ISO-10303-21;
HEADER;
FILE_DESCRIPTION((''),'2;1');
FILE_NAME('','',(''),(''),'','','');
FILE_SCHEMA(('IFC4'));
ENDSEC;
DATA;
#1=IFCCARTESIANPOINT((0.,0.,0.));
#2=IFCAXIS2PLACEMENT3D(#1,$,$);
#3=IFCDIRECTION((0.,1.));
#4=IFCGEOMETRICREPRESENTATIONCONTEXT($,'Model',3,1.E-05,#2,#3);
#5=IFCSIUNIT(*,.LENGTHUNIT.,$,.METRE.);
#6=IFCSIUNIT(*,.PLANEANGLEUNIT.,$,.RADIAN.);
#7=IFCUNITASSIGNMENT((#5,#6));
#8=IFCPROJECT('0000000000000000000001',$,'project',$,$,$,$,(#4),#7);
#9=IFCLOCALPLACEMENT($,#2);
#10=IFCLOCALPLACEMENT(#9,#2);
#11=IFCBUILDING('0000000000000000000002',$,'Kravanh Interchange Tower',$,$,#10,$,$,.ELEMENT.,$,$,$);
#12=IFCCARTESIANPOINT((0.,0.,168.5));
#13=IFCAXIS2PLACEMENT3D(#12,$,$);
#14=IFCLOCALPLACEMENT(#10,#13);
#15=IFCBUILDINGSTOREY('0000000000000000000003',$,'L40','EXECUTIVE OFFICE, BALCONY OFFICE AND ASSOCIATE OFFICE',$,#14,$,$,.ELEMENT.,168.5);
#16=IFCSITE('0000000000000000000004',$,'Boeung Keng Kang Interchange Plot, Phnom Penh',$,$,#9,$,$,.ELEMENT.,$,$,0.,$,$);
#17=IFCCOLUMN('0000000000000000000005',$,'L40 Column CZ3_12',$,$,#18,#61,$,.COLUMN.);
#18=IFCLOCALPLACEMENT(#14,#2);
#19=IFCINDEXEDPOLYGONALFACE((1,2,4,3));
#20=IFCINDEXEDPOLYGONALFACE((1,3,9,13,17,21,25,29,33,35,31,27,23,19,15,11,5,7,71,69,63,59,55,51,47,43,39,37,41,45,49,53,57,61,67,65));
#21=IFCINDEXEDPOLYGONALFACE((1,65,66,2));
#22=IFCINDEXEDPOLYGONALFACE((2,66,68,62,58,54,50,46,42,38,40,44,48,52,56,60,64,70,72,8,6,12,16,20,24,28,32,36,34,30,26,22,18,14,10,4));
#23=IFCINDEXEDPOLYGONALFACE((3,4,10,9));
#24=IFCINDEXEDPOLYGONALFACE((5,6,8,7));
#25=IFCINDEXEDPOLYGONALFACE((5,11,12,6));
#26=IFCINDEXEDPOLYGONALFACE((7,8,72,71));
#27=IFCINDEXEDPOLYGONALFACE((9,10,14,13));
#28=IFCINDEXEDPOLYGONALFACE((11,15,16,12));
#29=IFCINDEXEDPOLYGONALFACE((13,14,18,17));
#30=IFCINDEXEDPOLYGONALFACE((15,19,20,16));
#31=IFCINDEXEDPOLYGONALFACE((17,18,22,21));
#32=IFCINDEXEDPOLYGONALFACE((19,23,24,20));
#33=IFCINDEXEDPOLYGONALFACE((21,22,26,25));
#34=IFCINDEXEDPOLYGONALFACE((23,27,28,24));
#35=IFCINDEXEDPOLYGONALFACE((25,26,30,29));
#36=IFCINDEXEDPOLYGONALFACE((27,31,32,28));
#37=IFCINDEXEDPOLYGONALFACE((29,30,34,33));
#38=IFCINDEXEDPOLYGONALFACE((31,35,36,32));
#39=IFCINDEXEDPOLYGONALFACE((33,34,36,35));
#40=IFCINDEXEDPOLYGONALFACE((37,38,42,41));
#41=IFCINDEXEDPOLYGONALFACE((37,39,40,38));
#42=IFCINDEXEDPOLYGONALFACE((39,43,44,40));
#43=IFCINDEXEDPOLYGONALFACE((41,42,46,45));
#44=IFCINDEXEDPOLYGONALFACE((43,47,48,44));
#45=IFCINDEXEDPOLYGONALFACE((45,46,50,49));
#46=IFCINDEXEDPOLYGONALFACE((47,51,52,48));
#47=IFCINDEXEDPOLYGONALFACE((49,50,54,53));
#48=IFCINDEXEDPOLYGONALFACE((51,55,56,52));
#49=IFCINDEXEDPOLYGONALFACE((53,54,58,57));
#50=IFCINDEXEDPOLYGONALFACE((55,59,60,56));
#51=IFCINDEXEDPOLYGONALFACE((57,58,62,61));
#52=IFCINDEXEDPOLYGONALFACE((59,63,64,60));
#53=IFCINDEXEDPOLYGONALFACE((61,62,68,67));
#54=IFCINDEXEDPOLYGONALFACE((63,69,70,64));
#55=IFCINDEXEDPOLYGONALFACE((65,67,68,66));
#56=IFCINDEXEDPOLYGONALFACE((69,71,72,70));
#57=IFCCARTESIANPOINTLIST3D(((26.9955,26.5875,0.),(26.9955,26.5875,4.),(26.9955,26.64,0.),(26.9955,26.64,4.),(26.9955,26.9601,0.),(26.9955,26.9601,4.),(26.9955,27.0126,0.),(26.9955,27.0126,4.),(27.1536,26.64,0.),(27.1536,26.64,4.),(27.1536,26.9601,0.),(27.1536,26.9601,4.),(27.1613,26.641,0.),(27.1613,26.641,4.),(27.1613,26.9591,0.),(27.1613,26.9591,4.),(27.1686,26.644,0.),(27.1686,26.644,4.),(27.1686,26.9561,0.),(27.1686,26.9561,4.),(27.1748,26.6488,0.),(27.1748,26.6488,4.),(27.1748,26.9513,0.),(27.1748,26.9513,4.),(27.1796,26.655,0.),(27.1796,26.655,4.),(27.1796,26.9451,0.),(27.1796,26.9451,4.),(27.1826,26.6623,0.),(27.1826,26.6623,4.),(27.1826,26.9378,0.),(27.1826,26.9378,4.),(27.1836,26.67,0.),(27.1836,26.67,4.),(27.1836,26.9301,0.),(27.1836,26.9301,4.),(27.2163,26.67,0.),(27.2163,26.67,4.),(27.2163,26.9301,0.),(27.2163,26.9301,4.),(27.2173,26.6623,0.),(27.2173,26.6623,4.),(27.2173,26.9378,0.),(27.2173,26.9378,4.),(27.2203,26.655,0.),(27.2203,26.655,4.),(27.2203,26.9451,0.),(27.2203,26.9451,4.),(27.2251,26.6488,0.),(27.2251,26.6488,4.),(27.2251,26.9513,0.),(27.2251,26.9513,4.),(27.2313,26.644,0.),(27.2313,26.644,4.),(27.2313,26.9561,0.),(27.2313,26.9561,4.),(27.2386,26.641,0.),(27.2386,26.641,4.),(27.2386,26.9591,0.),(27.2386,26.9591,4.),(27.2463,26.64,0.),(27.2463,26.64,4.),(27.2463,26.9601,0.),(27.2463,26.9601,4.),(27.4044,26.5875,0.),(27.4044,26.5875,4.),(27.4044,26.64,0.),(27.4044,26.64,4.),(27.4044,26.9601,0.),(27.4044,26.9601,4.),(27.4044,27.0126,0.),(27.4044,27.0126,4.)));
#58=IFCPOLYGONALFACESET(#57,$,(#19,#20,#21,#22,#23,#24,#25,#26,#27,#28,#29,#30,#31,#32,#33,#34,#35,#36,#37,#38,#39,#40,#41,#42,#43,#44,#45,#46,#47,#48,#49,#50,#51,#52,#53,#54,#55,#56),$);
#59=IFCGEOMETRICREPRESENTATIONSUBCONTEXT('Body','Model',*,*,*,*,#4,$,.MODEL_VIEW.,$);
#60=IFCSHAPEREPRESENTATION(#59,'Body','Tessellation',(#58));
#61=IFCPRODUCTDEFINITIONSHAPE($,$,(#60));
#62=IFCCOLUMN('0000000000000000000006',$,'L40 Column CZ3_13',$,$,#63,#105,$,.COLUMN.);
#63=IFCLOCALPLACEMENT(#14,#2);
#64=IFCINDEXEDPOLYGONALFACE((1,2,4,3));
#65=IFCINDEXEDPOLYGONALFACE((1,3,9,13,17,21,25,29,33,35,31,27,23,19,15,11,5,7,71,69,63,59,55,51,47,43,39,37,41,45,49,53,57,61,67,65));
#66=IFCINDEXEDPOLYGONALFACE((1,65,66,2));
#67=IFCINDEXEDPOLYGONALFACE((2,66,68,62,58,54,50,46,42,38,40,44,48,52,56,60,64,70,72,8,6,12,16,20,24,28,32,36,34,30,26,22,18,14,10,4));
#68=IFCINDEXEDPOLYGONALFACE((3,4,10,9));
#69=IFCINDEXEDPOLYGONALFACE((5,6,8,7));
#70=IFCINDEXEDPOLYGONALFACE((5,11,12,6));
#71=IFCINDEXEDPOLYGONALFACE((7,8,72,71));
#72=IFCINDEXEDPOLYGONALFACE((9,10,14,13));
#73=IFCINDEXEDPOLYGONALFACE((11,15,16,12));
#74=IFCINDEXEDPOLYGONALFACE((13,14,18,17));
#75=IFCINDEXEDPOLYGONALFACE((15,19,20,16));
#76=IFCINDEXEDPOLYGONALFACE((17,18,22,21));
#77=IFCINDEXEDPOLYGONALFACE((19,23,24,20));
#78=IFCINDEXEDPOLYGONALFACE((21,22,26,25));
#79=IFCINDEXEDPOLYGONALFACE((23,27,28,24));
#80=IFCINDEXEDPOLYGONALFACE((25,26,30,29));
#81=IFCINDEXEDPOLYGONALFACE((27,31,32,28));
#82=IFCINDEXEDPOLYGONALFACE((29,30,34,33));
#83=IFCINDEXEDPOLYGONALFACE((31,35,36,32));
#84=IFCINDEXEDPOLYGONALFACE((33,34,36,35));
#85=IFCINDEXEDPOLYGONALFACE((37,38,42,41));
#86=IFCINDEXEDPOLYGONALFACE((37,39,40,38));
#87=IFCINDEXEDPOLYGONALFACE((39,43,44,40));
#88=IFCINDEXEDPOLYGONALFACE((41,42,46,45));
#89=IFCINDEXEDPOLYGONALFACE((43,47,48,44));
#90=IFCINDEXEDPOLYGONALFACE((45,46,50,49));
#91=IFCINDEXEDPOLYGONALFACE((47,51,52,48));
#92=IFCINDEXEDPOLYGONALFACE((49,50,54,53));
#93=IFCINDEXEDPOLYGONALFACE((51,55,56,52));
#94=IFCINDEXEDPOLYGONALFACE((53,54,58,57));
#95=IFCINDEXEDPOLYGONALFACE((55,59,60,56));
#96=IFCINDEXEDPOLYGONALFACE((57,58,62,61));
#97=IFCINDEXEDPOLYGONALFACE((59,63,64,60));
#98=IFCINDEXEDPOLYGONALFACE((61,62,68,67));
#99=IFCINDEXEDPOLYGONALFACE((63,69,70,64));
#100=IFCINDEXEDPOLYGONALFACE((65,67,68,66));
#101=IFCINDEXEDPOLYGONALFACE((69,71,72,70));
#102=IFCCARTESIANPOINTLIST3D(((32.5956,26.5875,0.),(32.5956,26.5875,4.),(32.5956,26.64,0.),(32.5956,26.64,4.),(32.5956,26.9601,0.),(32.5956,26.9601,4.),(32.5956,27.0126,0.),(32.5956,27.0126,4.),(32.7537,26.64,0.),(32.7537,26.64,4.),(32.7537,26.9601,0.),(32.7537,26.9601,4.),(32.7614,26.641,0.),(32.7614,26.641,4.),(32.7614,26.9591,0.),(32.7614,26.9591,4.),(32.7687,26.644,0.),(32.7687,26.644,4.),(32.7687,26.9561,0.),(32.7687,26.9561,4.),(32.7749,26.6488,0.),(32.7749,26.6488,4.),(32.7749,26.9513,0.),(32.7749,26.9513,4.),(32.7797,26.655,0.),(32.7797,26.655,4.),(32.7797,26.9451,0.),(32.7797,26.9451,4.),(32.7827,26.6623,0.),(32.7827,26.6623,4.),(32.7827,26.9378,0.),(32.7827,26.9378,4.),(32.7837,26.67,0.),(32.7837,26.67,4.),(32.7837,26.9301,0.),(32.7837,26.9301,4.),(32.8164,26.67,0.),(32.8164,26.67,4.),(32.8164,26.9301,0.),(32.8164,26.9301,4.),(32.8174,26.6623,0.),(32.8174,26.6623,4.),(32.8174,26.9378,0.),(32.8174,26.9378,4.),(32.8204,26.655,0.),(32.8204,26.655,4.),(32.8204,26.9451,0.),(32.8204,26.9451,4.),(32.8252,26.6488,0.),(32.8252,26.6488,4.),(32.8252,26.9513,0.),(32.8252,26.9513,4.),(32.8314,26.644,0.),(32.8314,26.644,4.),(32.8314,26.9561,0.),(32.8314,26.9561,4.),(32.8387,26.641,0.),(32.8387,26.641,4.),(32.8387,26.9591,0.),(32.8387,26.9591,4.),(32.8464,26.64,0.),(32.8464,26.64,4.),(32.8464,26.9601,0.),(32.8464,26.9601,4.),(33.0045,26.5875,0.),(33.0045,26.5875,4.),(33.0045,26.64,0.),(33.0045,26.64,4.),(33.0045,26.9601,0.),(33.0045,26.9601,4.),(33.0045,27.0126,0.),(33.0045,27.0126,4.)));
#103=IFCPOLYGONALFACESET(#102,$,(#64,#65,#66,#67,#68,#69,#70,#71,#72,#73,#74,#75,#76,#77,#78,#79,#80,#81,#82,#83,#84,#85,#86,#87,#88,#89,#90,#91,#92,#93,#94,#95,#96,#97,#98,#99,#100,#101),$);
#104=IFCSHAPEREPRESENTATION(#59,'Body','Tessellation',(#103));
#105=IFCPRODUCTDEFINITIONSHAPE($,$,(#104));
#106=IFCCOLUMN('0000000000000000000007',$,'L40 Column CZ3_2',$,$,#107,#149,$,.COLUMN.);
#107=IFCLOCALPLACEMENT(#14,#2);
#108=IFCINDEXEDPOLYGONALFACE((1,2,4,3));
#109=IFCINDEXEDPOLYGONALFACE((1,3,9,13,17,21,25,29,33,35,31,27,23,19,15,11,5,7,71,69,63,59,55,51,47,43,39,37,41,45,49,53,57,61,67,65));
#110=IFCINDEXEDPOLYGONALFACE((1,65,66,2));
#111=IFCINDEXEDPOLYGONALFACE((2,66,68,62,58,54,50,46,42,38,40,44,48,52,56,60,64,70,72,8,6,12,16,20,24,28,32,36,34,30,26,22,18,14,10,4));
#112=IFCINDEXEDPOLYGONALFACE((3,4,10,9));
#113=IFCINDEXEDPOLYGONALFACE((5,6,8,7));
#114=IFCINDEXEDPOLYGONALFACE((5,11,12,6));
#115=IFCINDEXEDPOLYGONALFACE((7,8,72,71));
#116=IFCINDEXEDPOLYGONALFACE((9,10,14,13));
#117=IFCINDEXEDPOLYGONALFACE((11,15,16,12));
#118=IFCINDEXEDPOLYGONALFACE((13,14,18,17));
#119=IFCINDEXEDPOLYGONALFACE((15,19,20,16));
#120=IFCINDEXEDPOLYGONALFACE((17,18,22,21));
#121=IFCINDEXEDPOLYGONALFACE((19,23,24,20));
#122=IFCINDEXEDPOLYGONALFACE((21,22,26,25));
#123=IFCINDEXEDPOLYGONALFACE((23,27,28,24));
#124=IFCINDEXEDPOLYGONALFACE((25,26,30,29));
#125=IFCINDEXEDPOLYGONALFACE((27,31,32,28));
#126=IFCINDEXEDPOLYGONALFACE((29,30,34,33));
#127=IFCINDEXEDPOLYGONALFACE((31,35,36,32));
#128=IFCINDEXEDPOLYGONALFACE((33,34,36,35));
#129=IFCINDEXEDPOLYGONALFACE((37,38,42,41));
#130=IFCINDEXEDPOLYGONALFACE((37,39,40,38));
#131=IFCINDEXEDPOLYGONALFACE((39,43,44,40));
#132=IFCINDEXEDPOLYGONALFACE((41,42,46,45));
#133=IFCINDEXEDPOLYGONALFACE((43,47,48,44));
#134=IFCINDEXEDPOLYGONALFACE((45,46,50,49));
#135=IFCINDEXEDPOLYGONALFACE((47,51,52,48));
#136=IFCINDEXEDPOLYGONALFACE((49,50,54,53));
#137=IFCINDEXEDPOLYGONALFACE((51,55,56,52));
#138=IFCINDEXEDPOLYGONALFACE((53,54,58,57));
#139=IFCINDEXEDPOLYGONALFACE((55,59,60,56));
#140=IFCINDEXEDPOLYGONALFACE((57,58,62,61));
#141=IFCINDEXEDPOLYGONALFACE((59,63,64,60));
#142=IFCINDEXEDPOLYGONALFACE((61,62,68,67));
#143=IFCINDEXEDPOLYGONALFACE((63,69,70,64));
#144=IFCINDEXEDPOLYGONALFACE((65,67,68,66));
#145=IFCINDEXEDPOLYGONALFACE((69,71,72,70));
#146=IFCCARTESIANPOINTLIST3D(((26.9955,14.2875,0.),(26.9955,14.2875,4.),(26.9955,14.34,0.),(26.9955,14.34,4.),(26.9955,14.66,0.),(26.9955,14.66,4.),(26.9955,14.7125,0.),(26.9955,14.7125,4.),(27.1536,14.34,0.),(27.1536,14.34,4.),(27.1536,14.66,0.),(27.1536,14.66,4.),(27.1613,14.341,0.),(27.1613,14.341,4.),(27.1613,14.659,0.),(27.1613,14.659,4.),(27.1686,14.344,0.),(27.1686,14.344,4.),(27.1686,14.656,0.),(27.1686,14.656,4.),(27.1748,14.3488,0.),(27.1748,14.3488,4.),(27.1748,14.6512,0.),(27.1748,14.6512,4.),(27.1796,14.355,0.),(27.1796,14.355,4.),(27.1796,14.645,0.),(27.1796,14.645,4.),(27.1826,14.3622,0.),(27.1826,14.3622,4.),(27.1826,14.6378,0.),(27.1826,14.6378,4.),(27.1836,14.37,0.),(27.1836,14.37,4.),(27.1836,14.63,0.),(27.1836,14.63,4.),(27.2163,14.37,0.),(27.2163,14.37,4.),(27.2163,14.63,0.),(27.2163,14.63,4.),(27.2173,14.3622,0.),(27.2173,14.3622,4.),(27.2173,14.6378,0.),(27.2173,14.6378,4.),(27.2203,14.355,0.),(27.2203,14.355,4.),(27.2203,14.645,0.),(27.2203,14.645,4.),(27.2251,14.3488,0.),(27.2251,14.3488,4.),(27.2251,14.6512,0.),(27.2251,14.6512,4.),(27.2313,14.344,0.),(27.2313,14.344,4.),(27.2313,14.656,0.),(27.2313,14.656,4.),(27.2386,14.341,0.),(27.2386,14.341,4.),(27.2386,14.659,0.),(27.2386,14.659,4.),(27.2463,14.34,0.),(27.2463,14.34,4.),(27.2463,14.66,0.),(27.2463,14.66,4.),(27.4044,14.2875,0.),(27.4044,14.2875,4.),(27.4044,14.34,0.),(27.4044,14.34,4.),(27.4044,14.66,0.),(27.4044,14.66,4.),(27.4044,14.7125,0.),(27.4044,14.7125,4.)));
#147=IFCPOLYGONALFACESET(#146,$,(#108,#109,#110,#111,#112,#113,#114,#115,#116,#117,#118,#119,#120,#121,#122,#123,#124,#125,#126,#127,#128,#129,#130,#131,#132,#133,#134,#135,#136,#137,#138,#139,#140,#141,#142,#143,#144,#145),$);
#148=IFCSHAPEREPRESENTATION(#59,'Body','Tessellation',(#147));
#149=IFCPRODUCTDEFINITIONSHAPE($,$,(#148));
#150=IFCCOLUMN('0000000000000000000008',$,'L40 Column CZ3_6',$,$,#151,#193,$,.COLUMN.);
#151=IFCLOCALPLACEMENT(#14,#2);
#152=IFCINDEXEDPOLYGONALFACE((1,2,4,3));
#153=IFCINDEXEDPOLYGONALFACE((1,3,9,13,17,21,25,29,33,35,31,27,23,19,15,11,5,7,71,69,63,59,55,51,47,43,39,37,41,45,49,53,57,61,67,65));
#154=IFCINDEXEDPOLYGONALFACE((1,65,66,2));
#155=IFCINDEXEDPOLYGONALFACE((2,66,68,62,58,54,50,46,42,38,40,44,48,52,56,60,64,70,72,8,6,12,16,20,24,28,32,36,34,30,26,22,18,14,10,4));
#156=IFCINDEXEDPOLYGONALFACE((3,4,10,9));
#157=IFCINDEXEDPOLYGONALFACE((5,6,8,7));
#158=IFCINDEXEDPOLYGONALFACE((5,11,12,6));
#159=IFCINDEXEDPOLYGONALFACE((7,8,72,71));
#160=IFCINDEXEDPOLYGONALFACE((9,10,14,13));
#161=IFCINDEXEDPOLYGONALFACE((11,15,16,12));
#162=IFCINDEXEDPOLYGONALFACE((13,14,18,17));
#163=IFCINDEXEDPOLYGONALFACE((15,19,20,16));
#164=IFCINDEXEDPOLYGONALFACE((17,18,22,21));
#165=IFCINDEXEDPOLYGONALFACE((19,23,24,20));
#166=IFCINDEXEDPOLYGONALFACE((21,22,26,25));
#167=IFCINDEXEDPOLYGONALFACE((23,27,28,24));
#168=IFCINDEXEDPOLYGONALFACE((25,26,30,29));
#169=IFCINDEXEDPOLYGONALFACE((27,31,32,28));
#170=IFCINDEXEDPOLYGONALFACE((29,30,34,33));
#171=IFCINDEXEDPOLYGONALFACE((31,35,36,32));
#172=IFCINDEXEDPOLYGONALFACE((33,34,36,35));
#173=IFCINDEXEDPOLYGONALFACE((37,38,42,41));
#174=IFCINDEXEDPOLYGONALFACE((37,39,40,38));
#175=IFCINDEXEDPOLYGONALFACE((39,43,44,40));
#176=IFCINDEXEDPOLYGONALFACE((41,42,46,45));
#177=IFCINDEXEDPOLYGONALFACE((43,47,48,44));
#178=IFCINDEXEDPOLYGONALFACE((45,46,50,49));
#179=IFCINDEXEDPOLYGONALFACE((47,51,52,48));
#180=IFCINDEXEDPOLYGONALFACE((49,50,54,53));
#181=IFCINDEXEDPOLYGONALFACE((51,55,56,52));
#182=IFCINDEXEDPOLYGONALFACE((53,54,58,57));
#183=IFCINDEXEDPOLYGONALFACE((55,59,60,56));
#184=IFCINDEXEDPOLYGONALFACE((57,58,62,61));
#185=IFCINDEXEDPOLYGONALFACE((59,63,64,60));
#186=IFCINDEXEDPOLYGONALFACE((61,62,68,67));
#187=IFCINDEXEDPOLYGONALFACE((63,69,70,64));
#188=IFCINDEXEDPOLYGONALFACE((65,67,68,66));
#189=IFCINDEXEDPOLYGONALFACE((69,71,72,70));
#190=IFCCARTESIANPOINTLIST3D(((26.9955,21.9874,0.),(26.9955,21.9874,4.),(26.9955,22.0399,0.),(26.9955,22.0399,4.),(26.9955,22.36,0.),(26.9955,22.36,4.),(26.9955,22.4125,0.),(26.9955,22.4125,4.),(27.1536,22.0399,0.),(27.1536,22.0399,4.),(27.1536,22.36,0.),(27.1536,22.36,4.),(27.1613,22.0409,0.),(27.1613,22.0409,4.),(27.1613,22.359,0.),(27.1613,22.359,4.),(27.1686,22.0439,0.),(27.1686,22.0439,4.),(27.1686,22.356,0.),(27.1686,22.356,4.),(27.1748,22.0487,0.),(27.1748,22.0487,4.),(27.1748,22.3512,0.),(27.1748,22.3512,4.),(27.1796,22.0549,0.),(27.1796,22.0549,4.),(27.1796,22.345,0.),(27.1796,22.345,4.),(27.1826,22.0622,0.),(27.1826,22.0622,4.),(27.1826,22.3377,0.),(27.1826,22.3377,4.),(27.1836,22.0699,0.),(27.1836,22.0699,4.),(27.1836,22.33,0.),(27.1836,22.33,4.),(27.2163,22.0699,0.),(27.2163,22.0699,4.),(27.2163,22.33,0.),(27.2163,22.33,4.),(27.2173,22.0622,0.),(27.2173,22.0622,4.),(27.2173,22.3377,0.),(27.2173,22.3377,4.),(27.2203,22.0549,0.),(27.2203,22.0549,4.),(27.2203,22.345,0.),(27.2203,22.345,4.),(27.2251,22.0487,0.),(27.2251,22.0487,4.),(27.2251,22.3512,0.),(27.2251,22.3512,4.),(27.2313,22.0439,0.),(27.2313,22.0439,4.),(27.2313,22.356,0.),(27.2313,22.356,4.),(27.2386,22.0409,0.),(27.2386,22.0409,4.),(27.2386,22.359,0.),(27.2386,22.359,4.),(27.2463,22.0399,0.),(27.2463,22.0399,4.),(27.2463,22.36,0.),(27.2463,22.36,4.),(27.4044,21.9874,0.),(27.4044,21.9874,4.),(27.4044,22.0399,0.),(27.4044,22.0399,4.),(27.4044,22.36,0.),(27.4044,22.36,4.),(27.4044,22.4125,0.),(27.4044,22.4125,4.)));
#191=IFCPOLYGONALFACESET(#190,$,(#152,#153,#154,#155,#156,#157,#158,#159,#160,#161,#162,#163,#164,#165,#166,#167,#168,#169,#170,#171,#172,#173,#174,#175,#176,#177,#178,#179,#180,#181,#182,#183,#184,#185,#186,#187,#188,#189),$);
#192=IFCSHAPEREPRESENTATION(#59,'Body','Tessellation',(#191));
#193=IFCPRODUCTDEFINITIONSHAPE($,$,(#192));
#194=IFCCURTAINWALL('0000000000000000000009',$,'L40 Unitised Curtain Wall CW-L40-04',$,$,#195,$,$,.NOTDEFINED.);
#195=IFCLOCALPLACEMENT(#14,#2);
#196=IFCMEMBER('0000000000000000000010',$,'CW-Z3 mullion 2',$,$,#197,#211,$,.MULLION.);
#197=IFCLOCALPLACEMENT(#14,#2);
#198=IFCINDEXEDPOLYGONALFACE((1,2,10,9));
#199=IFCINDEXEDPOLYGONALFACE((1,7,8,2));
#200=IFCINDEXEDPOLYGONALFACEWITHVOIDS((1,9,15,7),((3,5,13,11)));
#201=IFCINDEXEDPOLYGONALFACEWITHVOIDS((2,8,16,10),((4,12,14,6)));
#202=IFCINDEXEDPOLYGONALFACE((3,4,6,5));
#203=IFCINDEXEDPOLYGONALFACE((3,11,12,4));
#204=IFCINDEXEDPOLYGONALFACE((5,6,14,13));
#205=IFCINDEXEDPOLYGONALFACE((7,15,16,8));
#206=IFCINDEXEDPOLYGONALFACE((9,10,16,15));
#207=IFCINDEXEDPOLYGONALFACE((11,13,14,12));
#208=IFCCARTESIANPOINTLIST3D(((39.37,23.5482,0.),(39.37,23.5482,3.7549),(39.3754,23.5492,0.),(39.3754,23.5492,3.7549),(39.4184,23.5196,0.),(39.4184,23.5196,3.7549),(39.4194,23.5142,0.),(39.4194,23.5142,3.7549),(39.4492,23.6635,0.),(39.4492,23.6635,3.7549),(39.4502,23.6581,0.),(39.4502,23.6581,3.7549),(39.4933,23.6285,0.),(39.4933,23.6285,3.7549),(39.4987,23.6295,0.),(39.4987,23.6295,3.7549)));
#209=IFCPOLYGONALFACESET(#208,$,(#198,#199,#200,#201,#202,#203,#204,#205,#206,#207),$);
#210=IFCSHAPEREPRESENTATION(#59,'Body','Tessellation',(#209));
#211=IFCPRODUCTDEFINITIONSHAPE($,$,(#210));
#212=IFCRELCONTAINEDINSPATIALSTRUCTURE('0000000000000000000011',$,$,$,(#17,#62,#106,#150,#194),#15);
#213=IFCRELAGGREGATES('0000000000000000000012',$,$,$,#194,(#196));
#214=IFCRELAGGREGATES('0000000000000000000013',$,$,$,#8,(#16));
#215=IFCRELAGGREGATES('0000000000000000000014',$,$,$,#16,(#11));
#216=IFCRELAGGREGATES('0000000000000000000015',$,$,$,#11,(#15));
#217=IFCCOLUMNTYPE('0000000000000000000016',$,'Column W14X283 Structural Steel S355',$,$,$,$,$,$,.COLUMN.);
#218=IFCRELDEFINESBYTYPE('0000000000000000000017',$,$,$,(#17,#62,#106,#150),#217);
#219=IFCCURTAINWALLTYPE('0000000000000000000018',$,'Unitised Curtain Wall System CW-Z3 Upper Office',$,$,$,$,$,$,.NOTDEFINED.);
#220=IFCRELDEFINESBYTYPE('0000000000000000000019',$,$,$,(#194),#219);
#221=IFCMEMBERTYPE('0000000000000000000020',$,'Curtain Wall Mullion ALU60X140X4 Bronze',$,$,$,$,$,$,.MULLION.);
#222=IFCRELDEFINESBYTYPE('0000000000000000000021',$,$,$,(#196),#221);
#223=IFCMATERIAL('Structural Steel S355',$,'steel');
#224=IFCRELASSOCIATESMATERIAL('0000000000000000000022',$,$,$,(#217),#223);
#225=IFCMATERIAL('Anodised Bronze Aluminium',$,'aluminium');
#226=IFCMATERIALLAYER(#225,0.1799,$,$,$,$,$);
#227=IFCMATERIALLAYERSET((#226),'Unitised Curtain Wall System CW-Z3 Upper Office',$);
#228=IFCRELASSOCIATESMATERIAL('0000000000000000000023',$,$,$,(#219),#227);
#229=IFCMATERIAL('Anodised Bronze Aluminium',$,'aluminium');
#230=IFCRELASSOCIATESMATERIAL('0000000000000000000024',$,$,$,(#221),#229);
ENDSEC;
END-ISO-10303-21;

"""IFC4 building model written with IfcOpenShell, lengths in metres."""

from ifc_helpers import new_model, si_unit, direction, frame, origin, origin_2d, place, context, subcontext, project, spatial, hollow_rectangle, i_section, extrude, material, layer, layer_set, material_profile, profile_set, type_object, element, aggregate, save


model = new_model("IFC4")

# Units and contexts
model_context = context("Model", 3, precision=1e-05, world=origin(), true_north=direction((0.0, 1.0)))
body_context = subcontext(model_context, "Body", "Model", "MODEL_VIEW")
ifc_project = project(units=[si_unit("LENGTHUNIT", "METRE"), si_unit("PLANEANGLEUNIT", "RADIAN")], contexts=[model_context])

# Site, building, storey
site_placement = place(None, origin())
site = spatial("IfcSite", under=ifc_project, at=site_placement, Name="Boeung Keng Kang Interchange Plot, Phnom Penh", CompositionType="ELEMENT", RefElevation=0.0)
building_placement = place(site_placement, origin())
building = spatial("IfcBuilding", under=site, at=building_placement, Name="Kravanh Interchange Tower", CompositionType="ELEMENT")
storey_placement = place(building_placement, frame((0.0, 0.0, 168.5)))
storey = spatial("IfcBuildingStorey", under=building, at=storey_placement, Name="L40", Description="EXECUTIVE OFFICE, BALCONY OFFICE AND ASSOCIATE OFFICE", CompositionType="ELEMENT", Elevation=168.5)

# Columns
ifc_material_1 = material(Name="Structural Steel S355", Category="steel")
ifc_material_profile_1 = material_profile(ifc_material_1, i_section(OverallWidth=0.4089, OverallDepth=0.425, WebThickness=0.0327, FlangeThickness=0.0525, FilletRadius=0.03, at=origin_2d()), Name="W14X283")
ifc_profile_set_1 = profile_set([ifc_material_profile_1], Name="Structural Steel S355")
column_type = type_object("IfcColumnType", Name="Column W14X283 Structural Steel S355", PredefinedType="COLUMN", material=ifc_profile_set_1)
for number, where, z_axis, x_axis, name in (
    (1, (27.2, 26.8, 0.0), (0.0, 0.0, 1.0), (1.0, 0.0, 0.0), "L40 Column CZ3_12"),
    (2, (32.8, 26.8, 0.0), (0.0, 0.0, 1.0), (1.0, 0.0, 0.0), "L40 Column CZ3_13"),
    (3, (27.2, 14.5, 0.0), (0.0, 0.0, 1.0), (1.0, 0.0, 0.0), "L40 Column CZ3_2"),
    (4, (27.2, 22.2, 0.0), (0.0, 0.0, 1.0), (1.0, 0.0, 0.0), "L40 Column CZ3_6"),
):
    element("IfcColumn", number, at=place(storey_placement, frame(where, z_axis=z_axis, x_axis=x_axis)), inside=storey, type_object=column_type, Name=name, PredefinedType="COLUMN", context=body_context, shape_type="SweptSolid", body=[
        extrude(i_section(OverallWidth=0.4089, OverallDepth=0.425, WebThickness=0.0327, FlangeThickness=0.0525, FilletRadius=0.03, at=origin_2d()), origin(), (0.0, 0.0, 1.0), 4.0),
    ])

# Curtain wall, member
ifc_material_2 = material(Name="Anodised Bronze Aluminium", Category="aluminium")
ifc_layer_1 = layer(ifc_material_2, 0.1799)
ifc_layer_set_1 = layer_set([ifc_layer_1], Name="Unitised Curtain Wall System CW-Z3 Upper Office")
curtain_wall_type = type_object("IfcCurtainWallType", Name="Unitised Curtain Wall System CW-Z3 Upper Office", PredefinedType="NOTDEFINED", material=ifc_layer_set_1)
curtain_wall_1_placement = place(storey_placement, origin())
curtain_wall_1 = element("IfcCurtainWall", 5, at=curtain_wall_1_placement, inside=storey, type_object=curtain_wall_type, Name="L40 Unitised Curtain Wall CW-L40-04", PredefinedType="NOTDEFINED")
ifc_material_3 = material(Name="Anodised Bronze Aluminium", Category="aluminium")
ifc_material_profile_2 = material_profile(ifc_material_3, hollow_rectangle(XDim=0.0601, YDim=0.1399, WallThickness=0.0039, at=origin_2d()), Name="ALU60X140X4")
ifc_profile_set_2 = profile_set([ifc_material_profile_2], Name="Anodised Bronze Aluminium")
member_type_1 = type_object("IfcMemberType", Name="Curtain Wall Mullion ALU60X140X4 Bronze", PredefinedType="MULLION", material=ifc_profile_set_2)
member_1_placement = place(storey_placement, frame((39.4343, 23.5889, 0.0), z_axis=(0.0, 0.0, 1.0), x_axis=(0.824042, -0.566528, 0.0)))
member_1 = element("IfcMember", 6, at=member_1_placement, type_object=member_type_1, Name="CW-Z3 mullion 2", PredefinedType="MULLION", context=body_context, shape_type="SweptSolid", body=[
    extrude(hollow_rectangle(XDim=0.0601, YDim=0.1399, WallThickness=0.0039, at=origin_2d()), origin(), (0.0, 0.0, 1.0), 3.7549),
])

aggregate(curtain_wall_1, [member_1])

save(model, "model.ifc")
